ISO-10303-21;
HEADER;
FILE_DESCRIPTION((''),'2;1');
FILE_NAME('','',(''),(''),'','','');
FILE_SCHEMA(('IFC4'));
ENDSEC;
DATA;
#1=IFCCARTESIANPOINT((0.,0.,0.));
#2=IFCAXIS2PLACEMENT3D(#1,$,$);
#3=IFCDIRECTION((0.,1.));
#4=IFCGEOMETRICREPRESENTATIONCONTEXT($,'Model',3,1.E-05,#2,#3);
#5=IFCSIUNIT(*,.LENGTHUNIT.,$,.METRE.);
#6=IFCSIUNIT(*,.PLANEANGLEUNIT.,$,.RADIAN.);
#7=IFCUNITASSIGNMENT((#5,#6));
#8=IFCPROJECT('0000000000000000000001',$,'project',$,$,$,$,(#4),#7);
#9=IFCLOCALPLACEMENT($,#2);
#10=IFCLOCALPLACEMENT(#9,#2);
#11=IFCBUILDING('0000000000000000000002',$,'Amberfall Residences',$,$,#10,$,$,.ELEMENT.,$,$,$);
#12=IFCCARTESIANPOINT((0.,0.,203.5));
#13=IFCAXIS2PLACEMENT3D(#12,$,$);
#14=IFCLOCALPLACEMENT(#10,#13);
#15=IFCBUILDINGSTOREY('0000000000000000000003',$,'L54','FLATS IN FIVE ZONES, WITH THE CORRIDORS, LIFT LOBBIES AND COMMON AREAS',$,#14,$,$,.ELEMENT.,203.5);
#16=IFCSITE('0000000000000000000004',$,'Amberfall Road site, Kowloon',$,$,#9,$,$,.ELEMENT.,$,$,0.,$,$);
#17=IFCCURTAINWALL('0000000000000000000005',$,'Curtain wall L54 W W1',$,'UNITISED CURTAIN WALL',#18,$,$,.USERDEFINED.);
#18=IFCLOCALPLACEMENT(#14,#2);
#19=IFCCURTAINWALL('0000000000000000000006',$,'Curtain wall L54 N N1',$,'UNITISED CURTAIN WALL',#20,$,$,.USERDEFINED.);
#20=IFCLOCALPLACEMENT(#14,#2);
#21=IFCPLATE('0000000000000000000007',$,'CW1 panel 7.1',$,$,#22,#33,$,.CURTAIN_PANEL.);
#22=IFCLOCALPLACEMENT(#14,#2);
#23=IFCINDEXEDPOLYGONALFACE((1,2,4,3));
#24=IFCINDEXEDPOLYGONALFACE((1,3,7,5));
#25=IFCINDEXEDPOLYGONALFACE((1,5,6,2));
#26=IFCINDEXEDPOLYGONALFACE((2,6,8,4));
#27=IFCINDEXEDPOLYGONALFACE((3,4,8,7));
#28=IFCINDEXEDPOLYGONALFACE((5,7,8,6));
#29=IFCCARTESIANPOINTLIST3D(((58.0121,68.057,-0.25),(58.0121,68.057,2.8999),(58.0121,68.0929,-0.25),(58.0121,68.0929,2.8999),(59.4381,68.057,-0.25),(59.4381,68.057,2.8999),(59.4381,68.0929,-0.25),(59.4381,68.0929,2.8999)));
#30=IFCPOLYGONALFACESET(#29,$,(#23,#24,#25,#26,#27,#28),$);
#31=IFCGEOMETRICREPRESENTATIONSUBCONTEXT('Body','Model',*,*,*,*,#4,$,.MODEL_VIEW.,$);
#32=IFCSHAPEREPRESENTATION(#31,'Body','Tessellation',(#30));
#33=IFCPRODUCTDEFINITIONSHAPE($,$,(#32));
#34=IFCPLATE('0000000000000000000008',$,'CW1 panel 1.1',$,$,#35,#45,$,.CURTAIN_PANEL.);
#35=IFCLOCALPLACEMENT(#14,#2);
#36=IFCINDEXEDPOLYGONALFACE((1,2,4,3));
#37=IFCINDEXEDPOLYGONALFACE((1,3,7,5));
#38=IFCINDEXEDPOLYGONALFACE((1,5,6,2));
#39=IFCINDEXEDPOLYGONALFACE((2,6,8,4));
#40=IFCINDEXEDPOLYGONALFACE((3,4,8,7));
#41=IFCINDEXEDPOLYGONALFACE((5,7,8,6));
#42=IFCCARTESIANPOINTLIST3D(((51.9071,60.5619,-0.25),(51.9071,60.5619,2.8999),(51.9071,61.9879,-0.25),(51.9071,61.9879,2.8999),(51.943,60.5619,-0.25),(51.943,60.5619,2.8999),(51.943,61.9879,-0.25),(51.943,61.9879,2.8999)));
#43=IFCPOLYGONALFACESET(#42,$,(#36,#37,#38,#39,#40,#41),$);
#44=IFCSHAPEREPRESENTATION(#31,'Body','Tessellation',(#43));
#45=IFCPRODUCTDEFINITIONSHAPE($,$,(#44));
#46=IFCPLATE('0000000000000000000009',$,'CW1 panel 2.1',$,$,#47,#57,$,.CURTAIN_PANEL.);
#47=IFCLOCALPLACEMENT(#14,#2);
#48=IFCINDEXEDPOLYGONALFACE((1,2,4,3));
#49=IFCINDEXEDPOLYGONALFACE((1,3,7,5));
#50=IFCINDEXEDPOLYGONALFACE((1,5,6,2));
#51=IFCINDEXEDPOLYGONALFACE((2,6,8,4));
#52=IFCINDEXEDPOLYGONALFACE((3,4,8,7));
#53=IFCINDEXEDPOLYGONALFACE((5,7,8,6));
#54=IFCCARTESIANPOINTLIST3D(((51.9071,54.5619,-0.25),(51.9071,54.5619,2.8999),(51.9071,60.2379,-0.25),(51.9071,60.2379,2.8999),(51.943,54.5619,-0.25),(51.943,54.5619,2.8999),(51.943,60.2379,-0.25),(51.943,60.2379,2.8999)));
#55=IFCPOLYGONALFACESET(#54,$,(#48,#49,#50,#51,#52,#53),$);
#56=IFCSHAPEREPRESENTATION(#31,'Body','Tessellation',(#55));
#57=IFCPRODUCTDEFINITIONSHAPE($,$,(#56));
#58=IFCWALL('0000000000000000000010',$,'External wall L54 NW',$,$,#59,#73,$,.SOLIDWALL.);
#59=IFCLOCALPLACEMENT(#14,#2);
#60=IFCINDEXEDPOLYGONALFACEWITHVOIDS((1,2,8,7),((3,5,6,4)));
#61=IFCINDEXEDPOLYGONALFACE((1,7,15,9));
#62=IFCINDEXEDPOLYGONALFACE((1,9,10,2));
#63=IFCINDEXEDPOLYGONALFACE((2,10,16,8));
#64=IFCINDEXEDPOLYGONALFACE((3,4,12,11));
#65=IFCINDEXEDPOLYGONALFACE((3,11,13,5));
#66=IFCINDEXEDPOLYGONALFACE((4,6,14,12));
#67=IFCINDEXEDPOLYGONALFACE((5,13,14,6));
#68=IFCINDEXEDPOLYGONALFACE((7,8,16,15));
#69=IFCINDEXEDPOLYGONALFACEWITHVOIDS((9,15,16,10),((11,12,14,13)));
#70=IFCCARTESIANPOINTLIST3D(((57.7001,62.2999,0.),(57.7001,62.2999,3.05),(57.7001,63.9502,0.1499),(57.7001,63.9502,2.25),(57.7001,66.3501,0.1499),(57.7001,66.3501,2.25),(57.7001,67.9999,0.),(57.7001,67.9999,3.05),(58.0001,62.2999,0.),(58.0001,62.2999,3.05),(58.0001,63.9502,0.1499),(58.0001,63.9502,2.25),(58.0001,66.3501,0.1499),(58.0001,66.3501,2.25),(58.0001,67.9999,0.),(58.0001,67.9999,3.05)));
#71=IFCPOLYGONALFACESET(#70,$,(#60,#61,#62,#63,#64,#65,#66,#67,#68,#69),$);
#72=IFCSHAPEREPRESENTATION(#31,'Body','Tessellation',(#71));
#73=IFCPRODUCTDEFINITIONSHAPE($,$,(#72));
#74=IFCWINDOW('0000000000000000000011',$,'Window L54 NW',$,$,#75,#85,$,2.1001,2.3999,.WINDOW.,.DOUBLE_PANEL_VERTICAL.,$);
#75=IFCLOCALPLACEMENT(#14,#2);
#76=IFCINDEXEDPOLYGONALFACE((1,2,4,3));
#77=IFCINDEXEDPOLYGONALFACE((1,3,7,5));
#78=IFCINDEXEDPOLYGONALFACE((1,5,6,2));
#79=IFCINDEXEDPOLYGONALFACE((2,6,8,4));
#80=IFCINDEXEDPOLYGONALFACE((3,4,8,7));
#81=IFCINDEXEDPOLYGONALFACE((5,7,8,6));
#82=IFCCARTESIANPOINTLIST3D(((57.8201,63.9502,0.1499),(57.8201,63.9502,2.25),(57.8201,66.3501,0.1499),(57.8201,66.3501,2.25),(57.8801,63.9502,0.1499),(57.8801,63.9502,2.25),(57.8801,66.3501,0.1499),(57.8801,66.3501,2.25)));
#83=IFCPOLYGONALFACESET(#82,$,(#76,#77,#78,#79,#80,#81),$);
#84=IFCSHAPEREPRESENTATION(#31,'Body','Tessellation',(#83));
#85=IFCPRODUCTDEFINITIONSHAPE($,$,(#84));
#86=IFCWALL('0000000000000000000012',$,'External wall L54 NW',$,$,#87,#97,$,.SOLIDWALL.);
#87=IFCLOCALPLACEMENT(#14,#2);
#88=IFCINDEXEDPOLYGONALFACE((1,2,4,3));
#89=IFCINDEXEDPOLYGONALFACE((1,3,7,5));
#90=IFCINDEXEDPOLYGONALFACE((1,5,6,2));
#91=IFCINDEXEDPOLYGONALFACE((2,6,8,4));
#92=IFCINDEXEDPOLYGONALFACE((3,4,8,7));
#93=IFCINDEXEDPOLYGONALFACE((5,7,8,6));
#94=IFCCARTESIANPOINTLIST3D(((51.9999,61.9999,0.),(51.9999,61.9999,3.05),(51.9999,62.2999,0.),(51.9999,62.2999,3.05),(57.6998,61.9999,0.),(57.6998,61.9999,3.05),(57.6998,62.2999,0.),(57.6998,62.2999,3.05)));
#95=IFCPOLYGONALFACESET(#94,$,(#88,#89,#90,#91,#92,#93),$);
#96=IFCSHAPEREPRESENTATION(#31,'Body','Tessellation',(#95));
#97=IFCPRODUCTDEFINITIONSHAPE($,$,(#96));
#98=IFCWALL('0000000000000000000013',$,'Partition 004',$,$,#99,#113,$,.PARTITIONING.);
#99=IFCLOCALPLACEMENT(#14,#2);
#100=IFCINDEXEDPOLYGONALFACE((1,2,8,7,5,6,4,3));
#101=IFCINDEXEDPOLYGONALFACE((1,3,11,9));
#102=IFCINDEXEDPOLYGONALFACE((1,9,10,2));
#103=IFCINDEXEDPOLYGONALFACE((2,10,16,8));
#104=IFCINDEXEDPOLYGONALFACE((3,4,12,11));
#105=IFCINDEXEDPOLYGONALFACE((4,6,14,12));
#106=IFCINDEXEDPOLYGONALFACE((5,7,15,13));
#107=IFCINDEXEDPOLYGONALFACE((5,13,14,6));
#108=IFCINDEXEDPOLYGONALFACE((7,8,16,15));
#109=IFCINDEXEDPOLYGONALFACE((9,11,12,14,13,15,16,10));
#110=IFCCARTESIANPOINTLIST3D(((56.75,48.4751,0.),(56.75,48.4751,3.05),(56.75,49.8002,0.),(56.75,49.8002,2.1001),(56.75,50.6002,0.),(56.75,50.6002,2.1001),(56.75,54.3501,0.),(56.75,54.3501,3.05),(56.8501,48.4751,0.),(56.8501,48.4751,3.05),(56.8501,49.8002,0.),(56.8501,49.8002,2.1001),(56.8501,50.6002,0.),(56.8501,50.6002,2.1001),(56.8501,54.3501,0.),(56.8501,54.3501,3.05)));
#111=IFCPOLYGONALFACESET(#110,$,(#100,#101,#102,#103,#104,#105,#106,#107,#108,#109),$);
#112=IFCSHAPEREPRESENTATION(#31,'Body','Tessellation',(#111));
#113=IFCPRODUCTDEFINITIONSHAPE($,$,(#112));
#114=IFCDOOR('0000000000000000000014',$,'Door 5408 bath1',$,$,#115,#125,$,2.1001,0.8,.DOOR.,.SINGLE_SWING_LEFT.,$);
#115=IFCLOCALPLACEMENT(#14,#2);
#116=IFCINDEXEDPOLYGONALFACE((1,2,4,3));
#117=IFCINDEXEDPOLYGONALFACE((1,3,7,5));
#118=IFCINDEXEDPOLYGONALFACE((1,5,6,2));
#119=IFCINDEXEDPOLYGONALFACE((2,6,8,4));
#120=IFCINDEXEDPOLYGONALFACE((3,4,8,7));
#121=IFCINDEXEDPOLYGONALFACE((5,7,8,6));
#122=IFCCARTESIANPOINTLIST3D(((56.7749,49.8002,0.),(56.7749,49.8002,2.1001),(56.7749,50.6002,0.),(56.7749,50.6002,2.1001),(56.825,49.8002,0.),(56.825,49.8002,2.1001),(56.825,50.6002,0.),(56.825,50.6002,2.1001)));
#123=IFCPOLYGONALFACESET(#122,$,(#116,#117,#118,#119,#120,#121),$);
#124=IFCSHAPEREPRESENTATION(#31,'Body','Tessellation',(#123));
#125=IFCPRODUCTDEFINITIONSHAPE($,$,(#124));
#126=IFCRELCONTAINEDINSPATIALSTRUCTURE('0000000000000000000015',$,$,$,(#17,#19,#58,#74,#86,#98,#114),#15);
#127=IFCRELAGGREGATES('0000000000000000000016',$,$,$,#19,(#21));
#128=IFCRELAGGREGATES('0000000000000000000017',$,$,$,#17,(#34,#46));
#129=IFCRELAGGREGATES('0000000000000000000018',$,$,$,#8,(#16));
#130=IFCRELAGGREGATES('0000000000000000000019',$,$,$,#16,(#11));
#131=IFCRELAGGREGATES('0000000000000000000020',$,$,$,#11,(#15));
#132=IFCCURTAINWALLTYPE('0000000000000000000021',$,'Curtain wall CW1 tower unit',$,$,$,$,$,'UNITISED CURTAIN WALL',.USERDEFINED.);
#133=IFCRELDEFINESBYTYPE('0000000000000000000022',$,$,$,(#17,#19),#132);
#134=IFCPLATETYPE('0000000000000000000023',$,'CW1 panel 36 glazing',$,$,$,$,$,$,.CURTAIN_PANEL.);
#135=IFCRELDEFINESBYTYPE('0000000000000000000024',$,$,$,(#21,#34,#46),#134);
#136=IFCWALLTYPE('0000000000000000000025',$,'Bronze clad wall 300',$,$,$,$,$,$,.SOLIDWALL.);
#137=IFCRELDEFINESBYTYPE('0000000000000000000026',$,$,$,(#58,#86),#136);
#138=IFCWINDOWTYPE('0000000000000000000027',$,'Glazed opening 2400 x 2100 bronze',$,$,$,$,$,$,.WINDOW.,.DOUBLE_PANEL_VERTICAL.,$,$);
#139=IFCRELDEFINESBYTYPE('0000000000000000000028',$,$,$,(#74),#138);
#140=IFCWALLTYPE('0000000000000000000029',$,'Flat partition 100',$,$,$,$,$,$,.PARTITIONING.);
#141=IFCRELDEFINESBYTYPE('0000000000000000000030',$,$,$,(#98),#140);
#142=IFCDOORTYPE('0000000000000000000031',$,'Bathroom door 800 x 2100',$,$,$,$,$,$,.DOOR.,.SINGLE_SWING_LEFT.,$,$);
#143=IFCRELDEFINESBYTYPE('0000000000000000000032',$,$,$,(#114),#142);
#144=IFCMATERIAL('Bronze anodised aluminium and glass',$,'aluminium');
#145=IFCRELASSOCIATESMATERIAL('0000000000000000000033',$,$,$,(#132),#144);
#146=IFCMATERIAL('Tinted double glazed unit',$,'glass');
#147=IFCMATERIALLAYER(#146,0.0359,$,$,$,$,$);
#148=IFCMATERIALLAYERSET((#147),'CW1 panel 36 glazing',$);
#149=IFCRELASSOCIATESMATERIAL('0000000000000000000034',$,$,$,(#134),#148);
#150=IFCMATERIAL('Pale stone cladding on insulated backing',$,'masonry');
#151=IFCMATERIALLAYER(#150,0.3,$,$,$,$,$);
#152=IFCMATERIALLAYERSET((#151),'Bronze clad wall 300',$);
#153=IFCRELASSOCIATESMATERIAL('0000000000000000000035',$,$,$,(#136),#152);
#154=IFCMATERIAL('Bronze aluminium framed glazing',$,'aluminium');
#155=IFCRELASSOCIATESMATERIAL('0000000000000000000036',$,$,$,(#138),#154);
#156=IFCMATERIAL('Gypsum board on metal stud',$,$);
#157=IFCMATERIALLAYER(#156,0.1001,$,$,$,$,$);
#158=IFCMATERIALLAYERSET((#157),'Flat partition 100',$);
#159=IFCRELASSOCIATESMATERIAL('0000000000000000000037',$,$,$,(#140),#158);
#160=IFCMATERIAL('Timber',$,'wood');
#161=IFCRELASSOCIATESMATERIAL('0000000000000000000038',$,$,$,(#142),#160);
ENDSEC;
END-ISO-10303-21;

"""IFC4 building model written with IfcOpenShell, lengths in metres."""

from ifc_helpers import new_model, si_unit, direction, frame, frame_2d, origin, origin_2d, place, context, subcontext, project, spatial, rectangle, extrude, material, layer, layer_set, type_object, element, fill, aggregate, save


model = new_model("IFC4")

# Units and contexts
model_context = context("Model", 3, precision=1e-05, world=origin(), true_north=direction((0.0, 1.0)))
body_context = subcontext(model_context, "Body", "Model", "MODEL_VIEW")
ifc_project = project(units=[si_unit("LENGTHUNIT", "METRE"), si_unit("PLANEANGLEUNIT", "RADIAN")], contexts=[model_context])

# Site, building, storey
site_placement = place(None, origin())
site = spatial("IfcSite", under=ifc_project, at=site_placement, Name="Amberfall Road site, Kowloon", CompositionType="ELEMENT", RefElevation=0.0)
building_placement = place(site_placement, origin())
building = spatial("IfcBuilding", under=site, at=building_placement, Name="Amberfall Residences", CompositionType="ELEMENT")
storey_placement = place(building_placement, frame((0.0, 0.0, 203.5)))
storey = spatial("IfcBuildingStorey", under=building, at=storey_placement, Name="L54", Description="FLATS IN FIVE ZONES, WITH THE CORRIDORS, LIFT LOBBIES AND COMMON AREAS", CompositionType="ELEMENT", Elevation=203.5)

# Curtain wall
ifc_material_1 = material(Name="Bronze anodised aluminium and glass", Category="aluminium")
curtain_wall_type = type_object("IfcCurtainWallType", Name="Curtain wall CW1 tower unit", ElementType="UNITISED CURTAIN WALL", PredefinedType="USERDEFINED", material=ifc_material_1)
curtain_wall_1_placement = place(storey_placement, origin())
curtain_wall_1 = element("IfcCurtainWall", 1, at=curtain_wall_1_placement, inside=storey, type_object=curtain_wall_type, Name="Curtain wall L54 W W1", ObjectType="UNITISED CURTAIN WALL", PredefinedType="USERDEFINED")

# Curtain wall
curtain_wall_2_placement = place(storey_placement, origin())
curtain_wall_2 = element("IfcCurtainWall", 2, at=curtain_wall_2_placement, inside=storey, type_object=curtain_wall_type, Name="Curtain wall L54 N N1", ObjectType="UNITISED CURTAIN WALL", PredefinedType="USERDEFINED")

# Plates
ifc_material_2 = material(Name="Tinted double glazed unit", Category="glass")
ifc_layer_1 = layer(ifc_material_2, 0.0359)
ifc_layer_set_1 = layer_set([ifc_layer_1], Name="CW1 panel 36 glazing")
plate_type = type_object("IfcPlateType", Name="CW1 panel 36 glazing", PredefinedType="CURTAIN_PANEL", material=ifc_layer_set_1)
plate_1_placement = place(storey_placement, frame((58.7251, 68.075, -0.25), z_axis=(0.0, 0.0, 1.0), x_axis=(-1.0, 0.0, 0.0)))
plate_1 = element("IfcPlate", 3, at=plate_1_placement, type_object=plate_type, Name="CW1 panel 7.1", PredefinedType="CURTAIN_PANEL", context=body_context, shape_type="SweptSolid", body=[
    extrude(rectangle(XDim=1.426, YDim=0.0359, at=origin_2d()), origin(), (0.0, 0.0, 1.0), 3.1499),
])
aggregate(curtain_wall_2, [plate_1])
plate_2_placement = place(storey_placement, frame((51.925, 61.2749, -0.25), z_axis=(0.0, 0.0, 1.0), x_axis=(0.0, -1.0, 0.0)))
plate_2 = element("IfcPlate", 4, at=plate_2_placement, type_object=plate_type, Name="CW1 panel 1.1", PredefinedType="CURTAIN_PANEL", context=body_context, shape_type="SweptSolid", body=[
    extrude(rectangle(XDim=1.426, YDim=0.0359, at=origin_2d()), origin(), (0.0, 0.0, 1.0), 3.1499),
])
plate_3_placement = place(storey_placement, frame((51.925, 57.3999, -0.25), z_axis=(0.0, 0.0, 1.0), x_axis=(0.0, -1.0, 0.0)))
plate_3 = element("IfcPlate", 5, at=plate_3_placement, type_object=plate_type, Name="CW1 panel 2.1", PredefinedType="CURTAIN_PANEL", context=body_context, shape_type="SweptSolid", body=[
    extrude(rectangle(XDim=5.676, YDim=0.0359, at=origin_2d()), origin(), (0.0, 0.0, 1.0), 3.1499),
])
aggregate(curtain_wall_1, [plate_2, plate_3])

# Wall, opening, window
ifc_material_3 = material(Name="Pale stone cladding on insulated backing", Category="masonry")
ifc_layer_2 = layer(ifc_material_3, 0.3)
ifc_layer_set_2 = layer_set([ifc_layer_2], Name="Bronze clad wall 300")
wall_type_1 = type_object("IfcWallType", Name="Bronze clad wall 300", PredefinedType="SOLIDWALL", material=ifc_layer_set_2)
wall_1_placement = place(storey_placement, frame((57.8501, 68.0, 0.0), z_axis=(0.0, 0.0, 1.0), x_axis=(0.0, -1.0, 0.0)))
wall_1 = element("IfcWall", 6, at=wall_1_placement, inside=storey, type_object=wall_type_1, Name="External wall L54 NW", PredefinedType="SOLIDWALL", context=body_context, shape_type="SweptSolid", body=[
    extrude(rectangle(XDim=5.7, YDim=0.3, at=frame_2d((2.8501, 0.0))), origin(), (0.0, 0.0, 1.0), 3.05),
])
opening_1_placement = place(wall_1_placement, frame((1.6499, 0.0, 0.1499)))
opening_1 = element("IfcOpeningElement", 7, at=opening_1_placement, cuts=wall_1, PredefinedType="OPENING", context=body_context, shape_type="SweptSolid", body=[
    extrude(rectangle(XDim=2.3999, YDim=2.1001, at=frame_2d((1.2, 1.05))), frame((0.0, 0.1599, 0.0), z_axis=(0.0, -1.0, 0.0), x_axis=(1.0, 0.0, 0.0)), (0.0, 0.0, 1.0), 0.3201),
])
ifc_material_4 = material(Name="Bronze aluminium framed glazing", Category="aluminium")
window_type = type_object("IfcWindowType", Name="Glazed opening 2400 x 2100 bronze", PartitioningType="DOUBLE_PANEL_VERTICAL", PredefinedType="WINDOW", material=ifc_material_4)
window_placement = place(opening_1_placement, origin())
window = element("IfcWindow", 8, at=window_placement, inside=storey, type_object=window_type, Name="Window L54 NW", OverallHeight=2.1001, OverallWidth=2.3999, PartitioningType="DOUBLE_PANEL_VERTICAL", PredefinedType="WINDOW", context=body_context, shape_type="SweptSolid", body=[
    extrude(rectangle(XDim=2.3999, YDim=2.1001, at=frame_2d((1.2, 1.05))), frame((0.0, 0.03, 0.0), z_axis=(0.0, -1.0, 0.0), x_axis=(1.0, 0.0, 0.0)), (0.0, 0.0, 1.0), 0.0601),
])
fill(opening_1, window)

# Wall
wall_2_placement = place(storey_placement, frame((57.7, 62.1499, 0.0), z_axis=(0.0, 0.0, 1.0), x_axis=(-1.0, 0.0, 0.0)))
element("IfcWall", 9, at=wall_2_placement, inside=storey, type_object=wall_type_1, Name="External wall L54 NW", PredefinedType="SOLIDWALL", context=body_context, shape_type="SweptSolid", body=[
    extrude(rectangle(XDim=5.7, YDim=0.3, at=frame_2d((2.8501, 0.0))), origin(), (0.0, 0.0, 1.0), 3.05),
])

# Wall, opening, door
ifc_material_5 = material(Name="Gypsum board on metal stud")
ifc_layer_3 = layer(ifc_material_5, 0.1001)
ifc_layer_set_3 = layer_set([ifc_layer_3], Name="Flat partition 100")
wall_type_2 = type_object("IfcWallType", Name="Flat partition 100", PredefinedType="PARTITIONING", material=ifc_layer_set_3)
wall_3_placement = place(storey_placement, frame((56.8, 54.3501, 0.0), z_axis=(0.0, 0.0, 1.0), x_axis=(0.0, -1.0, 0.0)))
wall_3 = element("IfcWall", 10, at=wall_3_placement, inside=storey, type_object=wall_type_2, Name="Partition 004", PredefinedType="PARTITIONING", context=body_context, shape_type="SweptSolid", body=[
    extrude(rectangle(XDim=5.875, YDim=0.1001, at=frame_2d((2.9375, 0.0))), origin(), (0.0, 0.0, 1.0), 3.05),
])
opening_2_placement = place(wall_3_placement, frame((3.75, 0.0, 0.0)))
opening_2 = element("IfcOpeningElement", 11, at=opening_2_placement, cuts=wall_3, PredefinedType="OPENING", context=body_context, shape_type="SweptSolid", body=[
    extrude(rectangle(XDim=0.8, YDim=2.1001, at=frame_2d((0.3999, 1.05))), frame((0.0, 0.0601, 0.0), z_axis=(0.0, -1.0, 0.0), x_axis=(1.0, 0.0, 0.0)), (0.0, 0.0, 1.0), 0.1201),
])
ifc_material_6 = material(Name="Timber", Category="wood")
door_type = type_object("IfcDoorType", Name="Bathroom door 800 x 2100", OperationType="SINGLE_SWING_LEFT", PredefinedType="DOOR", material=ifc_material_6)
door_placement = place(opening_2_placement, origin())
door = element("IfcDoor", 12, at=door_placement, inside=storey, type_object=door_type, Name="Door 5408 bath1", OperationType="SINGLE_SWING_LEFT", OverallHeight=2.1001, OverallWidth=0.8, PredefinedType="DOOR", context=body_context, shape_type="SweptSolid", body=[
    extrude(rectangle(XDim=0.8, YDim=2.1001, at=frame_2d((0.3999, 1.05))), frame((0.0, 0.0249, 0.0), z_axis=(0.0, -1.0, 0.0), x_axis=(1.0, 0.0, 0.0)), (0.0, 0.0, 1.0), 0.05),
])
fill(opening_2, door)

save(model, "model.ifc")
